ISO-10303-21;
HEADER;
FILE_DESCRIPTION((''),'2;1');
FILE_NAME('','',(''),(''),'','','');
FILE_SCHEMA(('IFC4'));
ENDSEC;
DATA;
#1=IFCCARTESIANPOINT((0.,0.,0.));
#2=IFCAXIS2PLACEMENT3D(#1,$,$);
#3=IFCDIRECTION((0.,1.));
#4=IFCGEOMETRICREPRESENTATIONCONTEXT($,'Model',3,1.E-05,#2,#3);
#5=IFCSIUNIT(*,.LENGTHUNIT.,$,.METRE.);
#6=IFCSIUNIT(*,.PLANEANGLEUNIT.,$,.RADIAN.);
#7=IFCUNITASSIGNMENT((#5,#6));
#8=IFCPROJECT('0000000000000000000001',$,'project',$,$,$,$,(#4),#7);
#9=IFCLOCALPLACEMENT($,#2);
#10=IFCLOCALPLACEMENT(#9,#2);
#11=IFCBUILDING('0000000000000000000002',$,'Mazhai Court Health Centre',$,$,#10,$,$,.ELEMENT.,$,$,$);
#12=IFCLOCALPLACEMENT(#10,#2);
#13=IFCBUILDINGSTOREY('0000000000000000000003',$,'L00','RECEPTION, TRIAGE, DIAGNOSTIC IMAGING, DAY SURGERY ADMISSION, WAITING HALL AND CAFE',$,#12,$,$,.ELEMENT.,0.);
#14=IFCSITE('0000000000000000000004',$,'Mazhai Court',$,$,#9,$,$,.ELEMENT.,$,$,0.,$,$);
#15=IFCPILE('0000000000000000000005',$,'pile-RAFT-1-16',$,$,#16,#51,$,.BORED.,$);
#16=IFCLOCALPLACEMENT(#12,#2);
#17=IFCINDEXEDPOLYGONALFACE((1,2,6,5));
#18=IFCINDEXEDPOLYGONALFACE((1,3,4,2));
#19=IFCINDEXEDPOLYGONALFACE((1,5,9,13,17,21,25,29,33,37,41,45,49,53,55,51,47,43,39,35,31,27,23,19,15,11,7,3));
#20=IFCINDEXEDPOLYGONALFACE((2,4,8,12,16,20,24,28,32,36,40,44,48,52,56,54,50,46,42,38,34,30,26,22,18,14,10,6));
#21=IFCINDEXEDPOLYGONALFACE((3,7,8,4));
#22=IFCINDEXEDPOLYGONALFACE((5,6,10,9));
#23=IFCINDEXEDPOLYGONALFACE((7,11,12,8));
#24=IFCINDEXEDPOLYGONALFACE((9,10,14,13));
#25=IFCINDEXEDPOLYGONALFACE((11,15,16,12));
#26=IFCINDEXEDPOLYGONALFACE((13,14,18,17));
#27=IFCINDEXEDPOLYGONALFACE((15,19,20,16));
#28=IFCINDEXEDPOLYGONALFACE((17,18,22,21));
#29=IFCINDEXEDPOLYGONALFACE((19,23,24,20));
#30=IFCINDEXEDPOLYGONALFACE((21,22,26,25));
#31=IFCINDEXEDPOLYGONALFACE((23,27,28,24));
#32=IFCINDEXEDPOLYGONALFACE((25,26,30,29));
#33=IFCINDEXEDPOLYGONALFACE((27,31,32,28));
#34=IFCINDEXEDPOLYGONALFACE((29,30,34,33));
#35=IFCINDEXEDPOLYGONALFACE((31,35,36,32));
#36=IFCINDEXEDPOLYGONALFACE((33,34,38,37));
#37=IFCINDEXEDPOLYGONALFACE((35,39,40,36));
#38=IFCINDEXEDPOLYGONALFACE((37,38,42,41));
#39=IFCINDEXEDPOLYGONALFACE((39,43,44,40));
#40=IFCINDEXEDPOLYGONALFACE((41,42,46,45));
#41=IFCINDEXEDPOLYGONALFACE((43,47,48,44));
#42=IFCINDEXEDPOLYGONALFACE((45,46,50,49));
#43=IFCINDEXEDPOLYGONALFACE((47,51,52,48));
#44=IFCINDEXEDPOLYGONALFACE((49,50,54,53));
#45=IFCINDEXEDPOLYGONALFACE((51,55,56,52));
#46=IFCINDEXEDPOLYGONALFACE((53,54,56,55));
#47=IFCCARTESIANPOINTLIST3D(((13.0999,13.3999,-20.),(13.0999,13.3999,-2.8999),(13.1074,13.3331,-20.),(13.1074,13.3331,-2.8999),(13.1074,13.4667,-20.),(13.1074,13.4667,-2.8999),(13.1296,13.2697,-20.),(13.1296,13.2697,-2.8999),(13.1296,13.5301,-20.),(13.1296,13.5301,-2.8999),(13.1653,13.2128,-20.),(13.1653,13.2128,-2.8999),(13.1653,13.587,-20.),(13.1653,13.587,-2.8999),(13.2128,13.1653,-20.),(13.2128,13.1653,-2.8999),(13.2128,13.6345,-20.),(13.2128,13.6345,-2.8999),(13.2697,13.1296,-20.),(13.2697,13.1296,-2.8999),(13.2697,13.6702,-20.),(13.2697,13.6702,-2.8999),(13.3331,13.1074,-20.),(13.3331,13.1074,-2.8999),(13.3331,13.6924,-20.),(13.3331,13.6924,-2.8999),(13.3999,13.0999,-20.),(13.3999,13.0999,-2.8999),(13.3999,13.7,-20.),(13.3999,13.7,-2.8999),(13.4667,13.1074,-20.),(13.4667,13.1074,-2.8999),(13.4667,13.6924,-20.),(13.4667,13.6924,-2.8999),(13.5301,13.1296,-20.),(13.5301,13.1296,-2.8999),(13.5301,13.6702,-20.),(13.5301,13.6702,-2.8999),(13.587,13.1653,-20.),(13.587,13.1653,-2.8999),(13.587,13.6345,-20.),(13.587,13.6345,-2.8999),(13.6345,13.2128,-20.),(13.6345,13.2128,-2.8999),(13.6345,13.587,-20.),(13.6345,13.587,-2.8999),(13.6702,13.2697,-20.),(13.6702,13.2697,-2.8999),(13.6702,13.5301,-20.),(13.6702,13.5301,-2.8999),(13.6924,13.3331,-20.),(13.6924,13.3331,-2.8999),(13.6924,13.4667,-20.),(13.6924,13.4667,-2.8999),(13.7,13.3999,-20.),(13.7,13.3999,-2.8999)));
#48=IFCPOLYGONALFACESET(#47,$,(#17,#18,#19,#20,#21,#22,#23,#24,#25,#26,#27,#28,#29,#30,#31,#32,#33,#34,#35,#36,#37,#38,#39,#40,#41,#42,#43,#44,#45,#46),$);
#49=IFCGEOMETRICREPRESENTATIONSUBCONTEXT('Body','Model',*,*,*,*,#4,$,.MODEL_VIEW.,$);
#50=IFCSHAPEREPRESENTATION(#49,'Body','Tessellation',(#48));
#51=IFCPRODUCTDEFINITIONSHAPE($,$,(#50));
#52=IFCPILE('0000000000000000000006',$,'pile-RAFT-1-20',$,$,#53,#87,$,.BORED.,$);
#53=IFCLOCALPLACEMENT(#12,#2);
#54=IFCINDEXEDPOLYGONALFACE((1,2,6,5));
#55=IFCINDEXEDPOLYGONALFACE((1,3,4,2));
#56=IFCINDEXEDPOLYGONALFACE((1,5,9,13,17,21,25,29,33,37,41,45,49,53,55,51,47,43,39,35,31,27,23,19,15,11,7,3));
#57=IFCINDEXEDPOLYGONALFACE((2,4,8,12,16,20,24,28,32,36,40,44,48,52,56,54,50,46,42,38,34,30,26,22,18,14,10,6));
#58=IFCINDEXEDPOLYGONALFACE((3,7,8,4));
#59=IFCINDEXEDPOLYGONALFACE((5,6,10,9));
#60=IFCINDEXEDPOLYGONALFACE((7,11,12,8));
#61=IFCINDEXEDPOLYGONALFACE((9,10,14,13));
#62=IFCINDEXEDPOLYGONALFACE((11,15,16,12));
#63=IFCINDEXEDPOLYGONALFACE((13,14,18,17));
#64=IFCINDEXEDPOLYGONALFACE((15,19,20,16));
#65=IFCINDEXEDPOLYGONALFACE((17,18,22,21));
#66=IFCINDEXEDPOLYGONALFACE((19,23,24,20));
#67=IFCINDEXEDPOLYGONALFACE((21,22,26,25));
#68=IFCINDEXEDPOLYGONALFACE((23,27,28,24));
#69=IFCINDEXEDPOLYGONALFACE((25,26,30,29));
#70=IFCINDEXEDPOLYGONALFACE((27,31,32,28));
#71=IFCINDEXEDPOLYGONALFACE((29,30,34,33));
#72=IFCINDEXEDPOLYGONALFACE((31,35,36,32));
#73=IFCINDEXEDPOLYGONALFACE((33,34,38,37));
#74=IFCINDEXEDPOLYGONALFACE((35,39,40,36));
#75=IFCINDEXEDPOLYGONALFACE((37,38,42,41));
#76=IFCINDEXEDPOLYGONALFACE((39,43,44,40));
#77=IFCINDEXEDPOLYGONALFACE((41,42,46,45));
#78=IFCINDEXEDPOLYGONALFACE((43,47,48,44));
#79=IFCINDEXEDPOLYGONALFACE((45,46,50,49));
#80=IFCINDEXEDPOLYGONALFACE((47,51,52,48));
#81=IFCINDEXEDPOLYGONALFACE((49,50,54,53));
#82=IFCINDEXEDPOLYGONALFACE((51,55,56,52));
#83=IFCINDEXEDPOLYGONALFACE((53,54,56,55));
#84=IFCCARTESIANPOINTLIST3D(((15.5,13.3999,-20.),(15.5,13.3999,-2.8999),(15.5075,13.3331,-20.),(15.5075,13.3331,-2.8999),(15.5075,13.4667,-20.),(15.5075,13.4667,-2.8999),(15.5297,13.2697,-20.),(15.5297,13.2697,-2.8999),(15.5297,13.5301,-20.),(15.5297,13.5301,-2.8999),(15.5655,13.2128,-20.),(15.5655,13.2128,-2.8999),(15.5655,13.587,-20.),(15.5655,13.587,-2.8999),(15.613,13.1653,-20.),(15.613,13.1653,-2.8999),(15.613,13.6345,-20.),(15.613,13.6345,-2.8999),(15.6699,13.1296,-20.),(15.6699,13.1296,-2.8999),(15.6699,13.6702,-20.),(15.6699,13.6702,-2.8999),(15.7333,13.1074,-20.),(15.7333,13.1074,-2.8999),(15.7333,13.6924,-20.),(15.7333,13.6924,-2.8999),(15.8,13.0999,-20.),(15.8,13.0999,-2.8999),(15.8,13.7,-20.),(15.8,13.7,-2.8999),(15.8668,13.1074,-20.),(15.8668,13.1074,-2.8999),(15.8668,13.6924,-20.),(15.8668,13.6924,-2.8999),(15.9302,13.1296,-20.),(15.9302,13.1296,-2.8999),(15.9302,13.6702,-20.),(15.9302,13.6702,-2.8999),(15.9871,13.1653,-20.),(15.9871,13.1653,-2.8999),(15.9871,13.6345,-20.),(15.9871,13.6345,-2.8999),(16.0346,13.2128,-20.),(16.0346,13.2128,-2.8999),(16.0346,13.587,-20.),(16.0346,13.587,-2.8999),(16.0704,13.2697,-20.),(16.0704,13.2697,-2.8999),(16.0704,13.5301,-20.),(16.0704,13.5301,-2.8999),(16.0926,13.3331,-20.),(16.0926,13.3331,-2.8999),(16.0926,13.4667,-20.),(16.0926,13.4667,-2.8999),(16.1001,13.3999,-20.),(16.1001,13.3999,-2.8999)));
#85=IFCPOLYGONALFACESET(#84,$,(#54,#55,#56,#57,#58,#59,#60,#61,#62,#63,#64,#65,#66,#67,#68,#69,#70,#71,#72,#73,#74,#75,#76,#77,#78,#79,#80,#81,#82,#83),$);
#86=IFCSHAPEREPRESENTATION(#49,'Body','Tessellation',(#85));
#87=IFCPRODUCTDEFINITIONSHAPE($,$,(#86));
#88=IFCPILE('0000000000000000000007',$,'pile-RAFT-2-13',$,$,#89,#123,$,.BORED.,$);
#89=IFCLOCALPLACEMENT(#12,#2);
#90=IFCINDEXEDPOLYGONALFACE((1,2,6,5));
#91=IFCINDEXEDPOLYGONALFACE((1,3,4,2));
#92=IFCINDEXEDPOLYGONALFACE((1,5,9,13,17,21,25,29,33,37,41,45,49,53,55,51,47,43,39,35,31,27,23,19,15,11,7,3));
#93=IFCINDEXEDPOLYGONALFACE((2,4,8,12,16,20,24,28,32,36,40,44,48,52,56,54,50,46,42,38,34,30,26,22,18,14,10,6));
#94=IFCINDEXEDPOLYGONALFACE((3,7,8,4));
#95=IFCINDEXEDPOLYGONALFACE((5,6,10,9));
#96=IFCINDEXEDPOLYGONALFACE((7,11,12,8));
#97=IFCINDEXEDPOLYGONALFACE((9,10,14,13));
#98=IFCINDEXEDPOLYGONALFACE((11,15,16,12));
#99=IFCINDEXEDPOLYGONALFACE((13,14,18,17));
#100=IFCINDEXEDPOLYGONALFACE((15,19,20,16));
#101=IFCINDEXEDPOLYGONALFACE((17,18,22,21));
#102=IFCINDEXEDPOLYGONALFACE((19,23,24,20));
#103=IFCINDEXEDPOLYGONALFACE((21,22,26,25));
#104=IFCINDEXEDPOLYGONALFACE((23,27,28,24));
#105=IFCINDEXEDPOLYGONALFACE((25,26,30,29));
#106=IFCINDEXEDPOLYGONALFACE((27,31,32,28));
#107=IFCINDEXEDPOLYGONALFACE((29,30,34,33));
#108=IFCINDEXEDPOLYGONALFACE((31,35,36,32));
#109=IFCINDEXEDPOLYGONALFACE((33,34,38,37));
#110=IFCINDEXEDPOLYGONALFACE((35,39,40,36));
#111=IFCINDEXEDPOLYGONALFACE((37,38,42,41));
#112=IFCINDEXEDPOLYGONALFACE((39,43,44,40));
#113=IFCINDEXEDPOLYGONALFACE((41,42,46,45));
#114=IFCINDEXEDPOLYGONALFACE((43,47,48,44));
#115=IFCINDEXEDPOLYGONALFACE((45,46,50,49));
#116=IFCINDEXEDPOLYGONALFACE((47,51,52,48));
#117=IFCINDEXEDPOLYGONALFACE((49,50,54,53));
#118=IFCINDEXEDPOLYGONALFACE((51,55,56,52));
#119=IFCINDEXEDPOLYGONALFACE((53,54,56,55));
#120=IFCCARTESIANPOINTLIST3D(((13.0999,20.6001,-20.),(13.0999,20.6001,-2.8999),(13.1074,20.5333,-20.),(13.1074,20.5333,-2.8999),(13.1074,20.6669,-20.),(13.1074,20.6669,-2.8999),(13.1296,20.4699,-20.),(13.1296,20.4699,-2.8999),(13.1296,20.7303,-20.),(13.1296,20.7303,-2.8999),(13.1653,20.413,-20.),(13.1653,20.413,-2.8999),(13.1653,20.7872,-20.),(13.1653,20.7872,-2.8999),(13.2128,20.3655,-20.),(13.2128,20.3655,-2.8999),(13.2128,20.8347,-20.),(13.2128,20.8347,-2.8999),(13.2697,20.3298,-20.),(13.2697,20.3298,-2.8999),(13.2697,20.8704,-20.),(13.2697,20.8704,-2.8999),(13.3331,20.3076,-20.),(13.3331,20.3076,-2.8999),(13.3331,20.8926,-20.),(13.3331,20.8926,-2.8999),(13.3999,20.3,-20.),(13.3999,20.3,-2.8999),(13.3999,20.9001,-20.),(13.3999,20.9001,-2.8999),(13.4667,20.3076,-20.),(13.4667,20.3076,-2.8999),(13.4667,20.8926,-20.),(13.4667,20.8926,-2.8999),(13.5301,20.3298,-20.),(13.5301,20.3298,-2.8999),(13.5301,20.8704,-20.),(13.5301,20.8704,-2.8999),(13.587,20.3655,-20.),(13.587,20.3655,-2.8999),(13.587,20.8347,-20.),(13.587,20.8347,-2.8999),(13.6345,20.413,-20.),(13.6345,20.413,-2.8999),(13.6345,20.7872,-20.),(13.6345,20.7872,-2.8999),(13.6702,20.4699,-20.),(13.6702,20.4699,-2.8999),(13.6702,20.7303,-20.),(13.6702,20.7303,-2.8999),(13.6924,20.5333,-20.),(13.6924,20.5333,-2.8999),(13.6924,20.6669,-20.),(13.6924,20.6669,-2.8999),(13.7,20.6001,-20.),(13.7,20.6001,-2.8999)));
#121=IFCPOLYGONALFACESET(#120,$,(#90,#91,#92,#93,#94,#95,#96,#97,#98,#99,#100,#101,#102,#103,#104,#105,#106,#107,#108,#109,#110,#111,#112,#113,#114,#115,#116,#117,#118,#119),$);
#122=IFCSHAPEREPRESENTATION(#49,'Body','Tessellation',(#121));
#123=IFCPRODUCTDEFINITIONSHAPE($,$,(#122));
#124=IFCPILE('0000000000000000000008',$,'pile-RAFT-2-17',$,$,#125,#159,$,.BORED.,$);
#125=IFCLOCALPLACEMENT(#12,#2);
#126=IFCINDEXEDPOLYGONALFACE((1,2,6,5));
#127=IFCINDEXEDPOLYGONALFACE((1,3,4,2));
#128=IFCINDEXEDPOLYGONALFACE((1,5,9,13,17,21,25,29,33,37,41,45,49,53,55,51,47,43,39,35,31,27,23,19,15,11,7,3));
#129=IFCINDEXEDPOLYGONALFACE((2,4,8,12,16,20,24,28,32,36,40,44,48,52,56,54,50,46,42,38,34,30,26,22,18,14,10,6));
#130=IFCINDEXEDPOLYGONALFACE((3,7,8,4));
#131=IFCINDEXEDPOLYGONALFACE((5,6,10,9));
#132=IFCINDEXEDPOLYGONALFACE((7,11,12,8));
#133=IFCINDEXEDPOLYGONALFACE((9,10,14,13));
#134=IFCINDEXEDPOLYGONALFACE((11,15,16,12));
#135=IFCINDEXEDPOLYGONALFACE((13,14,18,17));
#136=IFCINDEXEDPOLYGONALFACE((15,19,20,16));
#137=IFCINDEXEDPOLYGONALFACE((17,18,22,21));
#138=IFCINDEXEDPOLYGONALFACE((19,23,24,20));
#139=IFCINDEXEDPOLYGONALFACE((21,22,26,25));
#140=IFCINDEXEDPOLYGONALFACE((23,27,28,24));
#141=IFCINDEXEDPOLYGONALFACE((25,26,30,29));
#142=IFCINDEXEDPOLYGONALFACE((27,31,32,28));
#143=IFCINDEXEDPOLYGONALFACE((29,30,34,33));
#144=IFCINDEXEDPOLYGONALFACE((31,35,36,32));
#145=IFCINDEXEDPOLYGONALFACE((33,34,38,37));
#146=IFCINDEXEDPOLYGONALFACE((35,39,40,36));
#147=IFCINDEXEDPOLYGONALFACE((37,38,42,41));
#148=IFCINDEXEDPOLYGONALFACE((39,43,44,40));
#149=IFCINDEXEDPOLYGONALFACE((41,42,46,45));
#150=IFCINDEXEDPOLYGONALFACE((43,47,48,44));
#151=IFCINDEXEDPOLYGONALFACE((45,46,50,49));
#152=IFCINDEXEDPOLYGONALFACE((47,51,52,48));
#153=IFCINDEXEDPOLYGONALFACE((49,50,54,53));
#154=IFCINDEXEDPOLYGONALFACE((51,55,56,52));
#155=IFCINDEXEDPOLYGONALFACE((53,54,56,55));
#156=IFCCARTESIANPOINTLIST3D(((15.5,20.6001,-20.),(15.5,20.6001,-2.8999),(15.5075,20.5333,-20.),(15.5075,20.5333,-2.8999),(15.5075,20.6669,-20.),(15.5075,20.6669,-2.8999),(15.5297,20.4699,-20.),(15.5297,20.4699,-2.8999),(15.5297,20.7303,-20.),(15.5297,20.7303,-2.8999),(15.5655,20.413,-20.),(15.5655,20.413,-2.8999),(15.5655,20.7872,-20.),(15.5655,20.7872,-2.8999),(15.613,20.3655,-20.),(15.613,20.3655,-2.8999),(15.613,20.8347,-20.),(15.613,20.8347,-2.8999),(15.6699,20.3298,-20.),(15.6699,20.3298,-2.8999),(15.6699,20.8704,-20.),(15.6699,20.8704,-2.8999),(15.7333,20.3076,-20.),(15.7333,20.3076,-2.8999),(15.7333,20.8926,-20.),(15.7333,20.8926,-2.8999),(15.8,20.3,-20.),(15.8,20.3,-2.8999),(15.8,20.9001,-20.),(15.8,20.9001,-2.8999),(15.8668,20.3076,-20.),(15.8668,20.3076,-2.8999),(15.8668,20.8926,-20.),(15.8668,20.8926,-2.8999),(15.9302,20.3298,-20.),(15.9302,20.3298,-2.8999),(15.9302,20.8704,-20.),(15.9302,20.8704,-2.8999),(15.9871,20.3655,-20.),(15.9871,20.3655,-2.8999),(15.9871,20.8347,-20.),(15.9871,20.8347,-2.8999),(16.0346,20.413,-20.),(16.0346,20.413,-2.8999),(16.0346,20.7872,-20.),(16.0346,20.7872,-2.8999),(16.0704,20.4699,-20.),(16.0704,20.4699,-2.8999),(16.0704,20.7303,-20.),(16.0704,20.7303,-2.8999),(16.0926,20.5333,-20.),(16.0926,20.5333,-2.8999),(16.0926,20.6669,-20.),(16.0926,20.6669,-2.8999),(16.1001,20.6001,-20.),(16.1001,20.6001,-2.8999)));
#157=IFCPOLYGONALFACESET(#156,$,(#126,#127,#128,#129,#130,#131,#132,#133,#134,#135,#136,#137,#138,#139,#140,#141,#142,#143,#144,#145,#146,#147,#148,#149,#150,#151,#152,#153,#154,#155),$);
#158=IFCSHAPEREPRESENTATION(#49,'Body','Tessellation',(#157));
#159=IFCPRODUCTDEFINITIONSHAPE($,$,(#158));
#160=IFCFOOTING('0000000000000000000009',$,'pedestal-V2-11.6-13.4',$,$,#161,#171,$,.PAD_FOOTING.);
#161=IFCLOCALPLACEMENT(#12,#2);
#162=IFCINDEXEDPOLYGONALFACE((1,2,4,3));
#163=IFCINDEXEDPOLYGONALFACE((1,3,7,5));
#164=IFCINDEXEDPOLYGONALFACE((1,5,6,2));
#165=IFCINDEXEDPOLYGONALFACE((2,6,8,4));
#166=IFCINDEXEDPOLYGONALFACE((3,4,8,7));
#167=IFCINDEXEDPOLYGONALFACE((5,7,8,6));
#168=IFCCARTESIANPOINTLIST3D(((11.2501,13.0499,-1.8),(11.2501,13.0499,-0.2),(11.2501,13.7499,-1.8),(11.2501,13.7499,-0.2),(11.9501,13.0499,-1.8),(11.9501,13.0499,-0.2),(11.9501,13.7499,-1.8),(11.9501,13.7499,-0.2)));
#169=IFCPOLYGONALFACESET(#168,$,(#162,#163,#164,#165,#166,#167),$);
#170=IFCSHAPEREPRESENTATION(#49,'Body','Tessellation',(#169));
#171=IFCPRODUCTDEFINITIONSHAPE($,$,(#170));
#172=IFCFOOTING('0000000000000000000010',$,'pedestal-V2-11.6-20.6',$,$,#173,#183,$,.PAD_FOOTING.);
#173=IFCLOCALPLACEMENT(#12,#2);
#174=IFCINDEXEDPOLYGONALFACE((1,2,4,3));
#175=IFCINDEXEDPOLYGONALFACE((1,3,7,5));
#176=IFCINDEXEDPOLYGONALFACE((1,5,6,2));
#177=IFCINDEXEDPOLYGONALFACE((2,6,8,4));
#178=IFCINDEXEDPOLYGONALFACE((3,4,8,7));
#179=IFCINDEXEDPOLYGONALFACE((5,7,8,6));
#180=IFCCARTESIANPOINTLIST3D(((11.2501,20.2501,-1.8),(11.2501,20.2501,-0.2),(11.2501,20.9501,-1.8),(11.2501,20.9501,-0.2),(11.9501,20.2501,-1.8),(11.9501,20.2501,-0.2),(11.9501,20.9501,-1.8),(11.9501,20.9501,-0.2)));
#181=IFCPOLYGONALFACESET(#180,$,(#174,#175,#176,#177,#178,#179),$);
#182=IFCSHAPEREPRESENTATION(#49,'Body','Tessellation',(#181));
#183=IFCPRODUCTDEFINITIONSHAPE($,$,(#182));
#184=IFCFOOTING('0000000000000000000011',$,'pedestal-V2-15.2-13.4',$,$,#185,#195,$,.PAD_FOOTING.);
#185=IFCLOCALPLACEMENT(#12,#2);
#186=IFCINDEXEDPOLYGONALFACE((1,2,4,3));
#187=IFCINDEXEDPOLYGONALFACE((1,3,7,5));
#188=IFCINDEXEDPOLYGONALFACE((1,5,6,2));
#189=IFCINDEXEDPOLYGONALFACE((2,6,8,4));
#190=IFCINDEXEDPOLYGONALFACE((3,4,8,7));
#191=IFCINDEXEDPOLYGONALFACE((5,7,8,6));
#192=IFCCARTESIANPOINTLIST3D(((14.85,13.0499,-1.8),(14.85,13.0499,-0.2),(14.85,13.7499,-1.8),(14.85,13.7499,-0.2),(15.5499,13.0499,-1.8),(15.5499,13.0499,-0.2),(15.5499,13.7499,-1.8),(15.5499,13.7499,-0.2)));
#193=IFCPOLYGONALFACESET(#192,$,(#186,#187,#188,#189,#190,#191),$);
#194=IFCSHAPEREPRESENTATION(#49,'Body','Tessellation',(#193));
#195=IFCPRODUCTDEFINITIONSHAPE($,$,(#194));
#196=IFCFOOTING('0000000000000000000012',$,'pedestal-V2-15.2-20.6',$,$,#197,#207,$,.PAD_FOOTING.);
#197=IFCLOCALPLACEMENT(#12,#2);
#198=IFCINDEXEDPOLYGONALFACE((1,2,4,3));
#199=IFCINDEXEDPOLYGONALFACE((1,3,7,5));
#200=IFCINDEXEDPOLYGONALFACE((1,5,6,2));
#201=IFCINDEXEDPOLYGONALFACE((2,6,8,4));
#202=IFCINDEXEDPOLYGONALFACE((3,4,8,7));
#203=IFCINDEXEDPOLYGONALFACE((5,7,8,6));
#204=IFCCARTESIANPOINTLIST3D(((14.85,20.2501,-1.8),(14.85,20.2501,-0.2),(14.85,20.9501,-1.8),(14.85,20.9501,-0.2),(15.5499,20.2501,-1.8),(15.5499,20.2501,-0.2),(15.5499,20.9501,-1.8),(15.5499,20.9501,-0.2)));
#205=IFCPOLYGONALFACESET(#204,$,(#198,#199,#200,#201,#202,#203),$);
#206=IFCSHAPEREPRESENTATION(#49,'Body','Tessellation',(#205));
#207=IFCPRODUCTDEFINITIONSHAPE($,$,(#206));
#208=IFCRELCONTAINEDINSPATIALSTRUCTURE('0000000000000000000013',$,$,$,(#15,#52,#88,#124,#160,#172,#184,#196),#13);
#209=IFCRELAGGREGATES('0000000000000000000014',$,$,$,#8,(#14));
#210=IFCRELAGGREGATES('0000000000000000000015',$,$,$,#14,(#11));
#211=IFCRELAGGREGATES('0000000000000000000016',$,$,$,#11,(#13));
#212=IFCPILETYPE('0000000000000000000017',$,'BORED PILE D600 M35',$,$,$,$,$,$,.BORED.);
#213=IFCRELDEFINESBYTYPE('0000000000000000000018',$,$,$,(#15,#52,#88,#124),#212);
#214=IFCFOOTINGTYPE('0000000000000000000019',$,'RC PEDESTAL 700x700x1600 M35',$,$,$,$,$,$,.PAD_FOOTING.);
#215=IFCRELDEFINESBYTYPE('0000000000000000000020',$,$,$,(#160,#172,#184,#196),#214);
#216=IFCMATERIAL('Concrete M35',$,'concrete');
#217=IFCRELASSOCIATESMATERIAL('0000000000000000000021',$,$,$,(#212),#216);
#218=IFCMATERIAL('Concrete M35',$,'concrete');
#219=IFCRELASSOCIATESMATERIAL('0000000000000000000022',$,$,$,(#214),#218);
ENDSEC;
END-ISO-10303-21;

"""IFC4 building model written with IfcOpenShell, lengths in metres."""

from ifc_helpers import new_model, si_unit, direction, frame, origin, origin_2d, place, context, subcontext, project, spatial, rectangle, circle, extrude, material, material_profile, profile_set, type_object, element, save


model = new_model("IFC4")

# Units and contexts
model_context = context("Model", 3, precision=1e-05, world=origin(), true_north=direction((0.0, 1.0)))
body_context = subcontext(model_context, "Body", "Model", "MODEL_VIEW")
ifc_project = project(units=[si_unit("LENGTHUNIT", "METRE"), si_unit("PLANEANGLEUNIT", "RADIAN")], contexts=[model_context])

# Site, building, storey
site_placement = place(None, origin())
site = spatial("IfcSite", under=ifc_project, at=site_placement, Name="Mazhai Court", CompositionType="ELEMENT", RefElevation=0.0)
building_placement = place(site_placement, origin())
building = spatial("IfcBuilding", under=site, at=building_placement, Name="Mazhai Court Health Centre", CompositionType="ELEMENT")
storey_placement = place(building_placement, origin())
storey = spatial("IfcBuildingStorey", under=building, at=storey_placement, Name="L00", Description="RECEPTION, TRIAGE, DIAGNOSTIC IMAGING, DAY SURGERY ADMISSION, WAITING HALL AND CAFE", CompositionType="ELEMENT", Elevation=0.0)

# Piles
ifc_material_1 = material(Name="Concrete M35", Category="concrete")
ifc_material_profile_1 = material_profile(ifc_material_1, circle(Radius=0.3, at=origin_2d()), Name="RC PILE D600")
ifc_profile_set_1 = profile_set([ifc_material_profile_1], Name="Concrete M35")
pile_type = type_object("IfcPileType", Name="BORED PILE D600 M35", PredefinedType="BORED", material=ifc_profile_set_1)
for number, where, z_axis, x_axis, name in (
    (1, (13.3999, 13.3999, -2.8999), (0.0, 0.0, -1.0), (1.0, 0.0, 0.0), "pile-RAFT-1-16"),
    (2, (15.8, 13.3999, -2.8999), (0.0, 0.0, -1.0), (1.0, 0.0, 0.0), "pile-RAFT-1-20"),
    (3, (13.3999, 20.6001, -2.8999), (0.0, 0.0, -1.0), (1.0, 0.0, 0.0), "pile-RAFT-2-13"),
    (4, (15.8, 20.6001, -2.8999), (0.0, 0.0, -1.0), (1.0, 0.0, 0.0), "pile-RAFT-2-17"),
):
    element("IfcPile", number, at=place(storey_placement, frame(where, z_axis=z_axis, x_axis=x_axis)), inside=storey, type_object=pile_type, Name=name, PredefinedType="BORED", context=body_context, shape_type="SweptSolid", body=[
        extrude(circle(Radius=0.3, at=origin_2d()), origin(), (0.0, 0.0, 1.0), 17.1001),
    ])

# Footings
ifc_material_2 = material(Name="Concrete M35", Category="concrete")
footing_type = type_object("IfcFootingType", Name="RC PEDESTAL 700x700x1600 M35", PredefinedType="PAD_FOOTING", material=ifc_material_2)
for number, where, z_axis, x_axis, name in (
    (5, (11.6001, 13.3999, -1.8), (0.0, 0.0, 1.0), (1.0, 0.0, 0.0), "pedestal-V2-11.6-13.4"),
    (6, (11.6001, 20.6001, -1.8), (0.0, 0.0, 1.0), (1.0, 0.0, 0.0), "pedestal-V2-11.6-20.6"),
    (7, (15.2, 13.3999, -1.8), (0.0, 0.0, 1.0), (1.0, 0.0, 0.0), "pedestal-V2-15.2-13.4"),
    (8, (15.2, 20.6001, -1.8), (0.0, 0.0, 1.0), (1.0, 0.0, 0.0), "pedestal-V2-15.2-20.6"),
):
    element("IfcFooting", number, at=place(storey_placement, frame(where, z_axis=z_axis, x_axis=x_axis)), inside=storey, type_object=footing_type, Name=name, PredefinedType="PAD_FOOTING", context=body_context, shape_type="SweptSolid", body=[
        extrude(rectangle(XDim=0.7, YDim=0.7, at=origin_2d()), origin(), (0.0, 0.0, 1.0), 1.6001),
    ])

save(model, "model.ifc")
